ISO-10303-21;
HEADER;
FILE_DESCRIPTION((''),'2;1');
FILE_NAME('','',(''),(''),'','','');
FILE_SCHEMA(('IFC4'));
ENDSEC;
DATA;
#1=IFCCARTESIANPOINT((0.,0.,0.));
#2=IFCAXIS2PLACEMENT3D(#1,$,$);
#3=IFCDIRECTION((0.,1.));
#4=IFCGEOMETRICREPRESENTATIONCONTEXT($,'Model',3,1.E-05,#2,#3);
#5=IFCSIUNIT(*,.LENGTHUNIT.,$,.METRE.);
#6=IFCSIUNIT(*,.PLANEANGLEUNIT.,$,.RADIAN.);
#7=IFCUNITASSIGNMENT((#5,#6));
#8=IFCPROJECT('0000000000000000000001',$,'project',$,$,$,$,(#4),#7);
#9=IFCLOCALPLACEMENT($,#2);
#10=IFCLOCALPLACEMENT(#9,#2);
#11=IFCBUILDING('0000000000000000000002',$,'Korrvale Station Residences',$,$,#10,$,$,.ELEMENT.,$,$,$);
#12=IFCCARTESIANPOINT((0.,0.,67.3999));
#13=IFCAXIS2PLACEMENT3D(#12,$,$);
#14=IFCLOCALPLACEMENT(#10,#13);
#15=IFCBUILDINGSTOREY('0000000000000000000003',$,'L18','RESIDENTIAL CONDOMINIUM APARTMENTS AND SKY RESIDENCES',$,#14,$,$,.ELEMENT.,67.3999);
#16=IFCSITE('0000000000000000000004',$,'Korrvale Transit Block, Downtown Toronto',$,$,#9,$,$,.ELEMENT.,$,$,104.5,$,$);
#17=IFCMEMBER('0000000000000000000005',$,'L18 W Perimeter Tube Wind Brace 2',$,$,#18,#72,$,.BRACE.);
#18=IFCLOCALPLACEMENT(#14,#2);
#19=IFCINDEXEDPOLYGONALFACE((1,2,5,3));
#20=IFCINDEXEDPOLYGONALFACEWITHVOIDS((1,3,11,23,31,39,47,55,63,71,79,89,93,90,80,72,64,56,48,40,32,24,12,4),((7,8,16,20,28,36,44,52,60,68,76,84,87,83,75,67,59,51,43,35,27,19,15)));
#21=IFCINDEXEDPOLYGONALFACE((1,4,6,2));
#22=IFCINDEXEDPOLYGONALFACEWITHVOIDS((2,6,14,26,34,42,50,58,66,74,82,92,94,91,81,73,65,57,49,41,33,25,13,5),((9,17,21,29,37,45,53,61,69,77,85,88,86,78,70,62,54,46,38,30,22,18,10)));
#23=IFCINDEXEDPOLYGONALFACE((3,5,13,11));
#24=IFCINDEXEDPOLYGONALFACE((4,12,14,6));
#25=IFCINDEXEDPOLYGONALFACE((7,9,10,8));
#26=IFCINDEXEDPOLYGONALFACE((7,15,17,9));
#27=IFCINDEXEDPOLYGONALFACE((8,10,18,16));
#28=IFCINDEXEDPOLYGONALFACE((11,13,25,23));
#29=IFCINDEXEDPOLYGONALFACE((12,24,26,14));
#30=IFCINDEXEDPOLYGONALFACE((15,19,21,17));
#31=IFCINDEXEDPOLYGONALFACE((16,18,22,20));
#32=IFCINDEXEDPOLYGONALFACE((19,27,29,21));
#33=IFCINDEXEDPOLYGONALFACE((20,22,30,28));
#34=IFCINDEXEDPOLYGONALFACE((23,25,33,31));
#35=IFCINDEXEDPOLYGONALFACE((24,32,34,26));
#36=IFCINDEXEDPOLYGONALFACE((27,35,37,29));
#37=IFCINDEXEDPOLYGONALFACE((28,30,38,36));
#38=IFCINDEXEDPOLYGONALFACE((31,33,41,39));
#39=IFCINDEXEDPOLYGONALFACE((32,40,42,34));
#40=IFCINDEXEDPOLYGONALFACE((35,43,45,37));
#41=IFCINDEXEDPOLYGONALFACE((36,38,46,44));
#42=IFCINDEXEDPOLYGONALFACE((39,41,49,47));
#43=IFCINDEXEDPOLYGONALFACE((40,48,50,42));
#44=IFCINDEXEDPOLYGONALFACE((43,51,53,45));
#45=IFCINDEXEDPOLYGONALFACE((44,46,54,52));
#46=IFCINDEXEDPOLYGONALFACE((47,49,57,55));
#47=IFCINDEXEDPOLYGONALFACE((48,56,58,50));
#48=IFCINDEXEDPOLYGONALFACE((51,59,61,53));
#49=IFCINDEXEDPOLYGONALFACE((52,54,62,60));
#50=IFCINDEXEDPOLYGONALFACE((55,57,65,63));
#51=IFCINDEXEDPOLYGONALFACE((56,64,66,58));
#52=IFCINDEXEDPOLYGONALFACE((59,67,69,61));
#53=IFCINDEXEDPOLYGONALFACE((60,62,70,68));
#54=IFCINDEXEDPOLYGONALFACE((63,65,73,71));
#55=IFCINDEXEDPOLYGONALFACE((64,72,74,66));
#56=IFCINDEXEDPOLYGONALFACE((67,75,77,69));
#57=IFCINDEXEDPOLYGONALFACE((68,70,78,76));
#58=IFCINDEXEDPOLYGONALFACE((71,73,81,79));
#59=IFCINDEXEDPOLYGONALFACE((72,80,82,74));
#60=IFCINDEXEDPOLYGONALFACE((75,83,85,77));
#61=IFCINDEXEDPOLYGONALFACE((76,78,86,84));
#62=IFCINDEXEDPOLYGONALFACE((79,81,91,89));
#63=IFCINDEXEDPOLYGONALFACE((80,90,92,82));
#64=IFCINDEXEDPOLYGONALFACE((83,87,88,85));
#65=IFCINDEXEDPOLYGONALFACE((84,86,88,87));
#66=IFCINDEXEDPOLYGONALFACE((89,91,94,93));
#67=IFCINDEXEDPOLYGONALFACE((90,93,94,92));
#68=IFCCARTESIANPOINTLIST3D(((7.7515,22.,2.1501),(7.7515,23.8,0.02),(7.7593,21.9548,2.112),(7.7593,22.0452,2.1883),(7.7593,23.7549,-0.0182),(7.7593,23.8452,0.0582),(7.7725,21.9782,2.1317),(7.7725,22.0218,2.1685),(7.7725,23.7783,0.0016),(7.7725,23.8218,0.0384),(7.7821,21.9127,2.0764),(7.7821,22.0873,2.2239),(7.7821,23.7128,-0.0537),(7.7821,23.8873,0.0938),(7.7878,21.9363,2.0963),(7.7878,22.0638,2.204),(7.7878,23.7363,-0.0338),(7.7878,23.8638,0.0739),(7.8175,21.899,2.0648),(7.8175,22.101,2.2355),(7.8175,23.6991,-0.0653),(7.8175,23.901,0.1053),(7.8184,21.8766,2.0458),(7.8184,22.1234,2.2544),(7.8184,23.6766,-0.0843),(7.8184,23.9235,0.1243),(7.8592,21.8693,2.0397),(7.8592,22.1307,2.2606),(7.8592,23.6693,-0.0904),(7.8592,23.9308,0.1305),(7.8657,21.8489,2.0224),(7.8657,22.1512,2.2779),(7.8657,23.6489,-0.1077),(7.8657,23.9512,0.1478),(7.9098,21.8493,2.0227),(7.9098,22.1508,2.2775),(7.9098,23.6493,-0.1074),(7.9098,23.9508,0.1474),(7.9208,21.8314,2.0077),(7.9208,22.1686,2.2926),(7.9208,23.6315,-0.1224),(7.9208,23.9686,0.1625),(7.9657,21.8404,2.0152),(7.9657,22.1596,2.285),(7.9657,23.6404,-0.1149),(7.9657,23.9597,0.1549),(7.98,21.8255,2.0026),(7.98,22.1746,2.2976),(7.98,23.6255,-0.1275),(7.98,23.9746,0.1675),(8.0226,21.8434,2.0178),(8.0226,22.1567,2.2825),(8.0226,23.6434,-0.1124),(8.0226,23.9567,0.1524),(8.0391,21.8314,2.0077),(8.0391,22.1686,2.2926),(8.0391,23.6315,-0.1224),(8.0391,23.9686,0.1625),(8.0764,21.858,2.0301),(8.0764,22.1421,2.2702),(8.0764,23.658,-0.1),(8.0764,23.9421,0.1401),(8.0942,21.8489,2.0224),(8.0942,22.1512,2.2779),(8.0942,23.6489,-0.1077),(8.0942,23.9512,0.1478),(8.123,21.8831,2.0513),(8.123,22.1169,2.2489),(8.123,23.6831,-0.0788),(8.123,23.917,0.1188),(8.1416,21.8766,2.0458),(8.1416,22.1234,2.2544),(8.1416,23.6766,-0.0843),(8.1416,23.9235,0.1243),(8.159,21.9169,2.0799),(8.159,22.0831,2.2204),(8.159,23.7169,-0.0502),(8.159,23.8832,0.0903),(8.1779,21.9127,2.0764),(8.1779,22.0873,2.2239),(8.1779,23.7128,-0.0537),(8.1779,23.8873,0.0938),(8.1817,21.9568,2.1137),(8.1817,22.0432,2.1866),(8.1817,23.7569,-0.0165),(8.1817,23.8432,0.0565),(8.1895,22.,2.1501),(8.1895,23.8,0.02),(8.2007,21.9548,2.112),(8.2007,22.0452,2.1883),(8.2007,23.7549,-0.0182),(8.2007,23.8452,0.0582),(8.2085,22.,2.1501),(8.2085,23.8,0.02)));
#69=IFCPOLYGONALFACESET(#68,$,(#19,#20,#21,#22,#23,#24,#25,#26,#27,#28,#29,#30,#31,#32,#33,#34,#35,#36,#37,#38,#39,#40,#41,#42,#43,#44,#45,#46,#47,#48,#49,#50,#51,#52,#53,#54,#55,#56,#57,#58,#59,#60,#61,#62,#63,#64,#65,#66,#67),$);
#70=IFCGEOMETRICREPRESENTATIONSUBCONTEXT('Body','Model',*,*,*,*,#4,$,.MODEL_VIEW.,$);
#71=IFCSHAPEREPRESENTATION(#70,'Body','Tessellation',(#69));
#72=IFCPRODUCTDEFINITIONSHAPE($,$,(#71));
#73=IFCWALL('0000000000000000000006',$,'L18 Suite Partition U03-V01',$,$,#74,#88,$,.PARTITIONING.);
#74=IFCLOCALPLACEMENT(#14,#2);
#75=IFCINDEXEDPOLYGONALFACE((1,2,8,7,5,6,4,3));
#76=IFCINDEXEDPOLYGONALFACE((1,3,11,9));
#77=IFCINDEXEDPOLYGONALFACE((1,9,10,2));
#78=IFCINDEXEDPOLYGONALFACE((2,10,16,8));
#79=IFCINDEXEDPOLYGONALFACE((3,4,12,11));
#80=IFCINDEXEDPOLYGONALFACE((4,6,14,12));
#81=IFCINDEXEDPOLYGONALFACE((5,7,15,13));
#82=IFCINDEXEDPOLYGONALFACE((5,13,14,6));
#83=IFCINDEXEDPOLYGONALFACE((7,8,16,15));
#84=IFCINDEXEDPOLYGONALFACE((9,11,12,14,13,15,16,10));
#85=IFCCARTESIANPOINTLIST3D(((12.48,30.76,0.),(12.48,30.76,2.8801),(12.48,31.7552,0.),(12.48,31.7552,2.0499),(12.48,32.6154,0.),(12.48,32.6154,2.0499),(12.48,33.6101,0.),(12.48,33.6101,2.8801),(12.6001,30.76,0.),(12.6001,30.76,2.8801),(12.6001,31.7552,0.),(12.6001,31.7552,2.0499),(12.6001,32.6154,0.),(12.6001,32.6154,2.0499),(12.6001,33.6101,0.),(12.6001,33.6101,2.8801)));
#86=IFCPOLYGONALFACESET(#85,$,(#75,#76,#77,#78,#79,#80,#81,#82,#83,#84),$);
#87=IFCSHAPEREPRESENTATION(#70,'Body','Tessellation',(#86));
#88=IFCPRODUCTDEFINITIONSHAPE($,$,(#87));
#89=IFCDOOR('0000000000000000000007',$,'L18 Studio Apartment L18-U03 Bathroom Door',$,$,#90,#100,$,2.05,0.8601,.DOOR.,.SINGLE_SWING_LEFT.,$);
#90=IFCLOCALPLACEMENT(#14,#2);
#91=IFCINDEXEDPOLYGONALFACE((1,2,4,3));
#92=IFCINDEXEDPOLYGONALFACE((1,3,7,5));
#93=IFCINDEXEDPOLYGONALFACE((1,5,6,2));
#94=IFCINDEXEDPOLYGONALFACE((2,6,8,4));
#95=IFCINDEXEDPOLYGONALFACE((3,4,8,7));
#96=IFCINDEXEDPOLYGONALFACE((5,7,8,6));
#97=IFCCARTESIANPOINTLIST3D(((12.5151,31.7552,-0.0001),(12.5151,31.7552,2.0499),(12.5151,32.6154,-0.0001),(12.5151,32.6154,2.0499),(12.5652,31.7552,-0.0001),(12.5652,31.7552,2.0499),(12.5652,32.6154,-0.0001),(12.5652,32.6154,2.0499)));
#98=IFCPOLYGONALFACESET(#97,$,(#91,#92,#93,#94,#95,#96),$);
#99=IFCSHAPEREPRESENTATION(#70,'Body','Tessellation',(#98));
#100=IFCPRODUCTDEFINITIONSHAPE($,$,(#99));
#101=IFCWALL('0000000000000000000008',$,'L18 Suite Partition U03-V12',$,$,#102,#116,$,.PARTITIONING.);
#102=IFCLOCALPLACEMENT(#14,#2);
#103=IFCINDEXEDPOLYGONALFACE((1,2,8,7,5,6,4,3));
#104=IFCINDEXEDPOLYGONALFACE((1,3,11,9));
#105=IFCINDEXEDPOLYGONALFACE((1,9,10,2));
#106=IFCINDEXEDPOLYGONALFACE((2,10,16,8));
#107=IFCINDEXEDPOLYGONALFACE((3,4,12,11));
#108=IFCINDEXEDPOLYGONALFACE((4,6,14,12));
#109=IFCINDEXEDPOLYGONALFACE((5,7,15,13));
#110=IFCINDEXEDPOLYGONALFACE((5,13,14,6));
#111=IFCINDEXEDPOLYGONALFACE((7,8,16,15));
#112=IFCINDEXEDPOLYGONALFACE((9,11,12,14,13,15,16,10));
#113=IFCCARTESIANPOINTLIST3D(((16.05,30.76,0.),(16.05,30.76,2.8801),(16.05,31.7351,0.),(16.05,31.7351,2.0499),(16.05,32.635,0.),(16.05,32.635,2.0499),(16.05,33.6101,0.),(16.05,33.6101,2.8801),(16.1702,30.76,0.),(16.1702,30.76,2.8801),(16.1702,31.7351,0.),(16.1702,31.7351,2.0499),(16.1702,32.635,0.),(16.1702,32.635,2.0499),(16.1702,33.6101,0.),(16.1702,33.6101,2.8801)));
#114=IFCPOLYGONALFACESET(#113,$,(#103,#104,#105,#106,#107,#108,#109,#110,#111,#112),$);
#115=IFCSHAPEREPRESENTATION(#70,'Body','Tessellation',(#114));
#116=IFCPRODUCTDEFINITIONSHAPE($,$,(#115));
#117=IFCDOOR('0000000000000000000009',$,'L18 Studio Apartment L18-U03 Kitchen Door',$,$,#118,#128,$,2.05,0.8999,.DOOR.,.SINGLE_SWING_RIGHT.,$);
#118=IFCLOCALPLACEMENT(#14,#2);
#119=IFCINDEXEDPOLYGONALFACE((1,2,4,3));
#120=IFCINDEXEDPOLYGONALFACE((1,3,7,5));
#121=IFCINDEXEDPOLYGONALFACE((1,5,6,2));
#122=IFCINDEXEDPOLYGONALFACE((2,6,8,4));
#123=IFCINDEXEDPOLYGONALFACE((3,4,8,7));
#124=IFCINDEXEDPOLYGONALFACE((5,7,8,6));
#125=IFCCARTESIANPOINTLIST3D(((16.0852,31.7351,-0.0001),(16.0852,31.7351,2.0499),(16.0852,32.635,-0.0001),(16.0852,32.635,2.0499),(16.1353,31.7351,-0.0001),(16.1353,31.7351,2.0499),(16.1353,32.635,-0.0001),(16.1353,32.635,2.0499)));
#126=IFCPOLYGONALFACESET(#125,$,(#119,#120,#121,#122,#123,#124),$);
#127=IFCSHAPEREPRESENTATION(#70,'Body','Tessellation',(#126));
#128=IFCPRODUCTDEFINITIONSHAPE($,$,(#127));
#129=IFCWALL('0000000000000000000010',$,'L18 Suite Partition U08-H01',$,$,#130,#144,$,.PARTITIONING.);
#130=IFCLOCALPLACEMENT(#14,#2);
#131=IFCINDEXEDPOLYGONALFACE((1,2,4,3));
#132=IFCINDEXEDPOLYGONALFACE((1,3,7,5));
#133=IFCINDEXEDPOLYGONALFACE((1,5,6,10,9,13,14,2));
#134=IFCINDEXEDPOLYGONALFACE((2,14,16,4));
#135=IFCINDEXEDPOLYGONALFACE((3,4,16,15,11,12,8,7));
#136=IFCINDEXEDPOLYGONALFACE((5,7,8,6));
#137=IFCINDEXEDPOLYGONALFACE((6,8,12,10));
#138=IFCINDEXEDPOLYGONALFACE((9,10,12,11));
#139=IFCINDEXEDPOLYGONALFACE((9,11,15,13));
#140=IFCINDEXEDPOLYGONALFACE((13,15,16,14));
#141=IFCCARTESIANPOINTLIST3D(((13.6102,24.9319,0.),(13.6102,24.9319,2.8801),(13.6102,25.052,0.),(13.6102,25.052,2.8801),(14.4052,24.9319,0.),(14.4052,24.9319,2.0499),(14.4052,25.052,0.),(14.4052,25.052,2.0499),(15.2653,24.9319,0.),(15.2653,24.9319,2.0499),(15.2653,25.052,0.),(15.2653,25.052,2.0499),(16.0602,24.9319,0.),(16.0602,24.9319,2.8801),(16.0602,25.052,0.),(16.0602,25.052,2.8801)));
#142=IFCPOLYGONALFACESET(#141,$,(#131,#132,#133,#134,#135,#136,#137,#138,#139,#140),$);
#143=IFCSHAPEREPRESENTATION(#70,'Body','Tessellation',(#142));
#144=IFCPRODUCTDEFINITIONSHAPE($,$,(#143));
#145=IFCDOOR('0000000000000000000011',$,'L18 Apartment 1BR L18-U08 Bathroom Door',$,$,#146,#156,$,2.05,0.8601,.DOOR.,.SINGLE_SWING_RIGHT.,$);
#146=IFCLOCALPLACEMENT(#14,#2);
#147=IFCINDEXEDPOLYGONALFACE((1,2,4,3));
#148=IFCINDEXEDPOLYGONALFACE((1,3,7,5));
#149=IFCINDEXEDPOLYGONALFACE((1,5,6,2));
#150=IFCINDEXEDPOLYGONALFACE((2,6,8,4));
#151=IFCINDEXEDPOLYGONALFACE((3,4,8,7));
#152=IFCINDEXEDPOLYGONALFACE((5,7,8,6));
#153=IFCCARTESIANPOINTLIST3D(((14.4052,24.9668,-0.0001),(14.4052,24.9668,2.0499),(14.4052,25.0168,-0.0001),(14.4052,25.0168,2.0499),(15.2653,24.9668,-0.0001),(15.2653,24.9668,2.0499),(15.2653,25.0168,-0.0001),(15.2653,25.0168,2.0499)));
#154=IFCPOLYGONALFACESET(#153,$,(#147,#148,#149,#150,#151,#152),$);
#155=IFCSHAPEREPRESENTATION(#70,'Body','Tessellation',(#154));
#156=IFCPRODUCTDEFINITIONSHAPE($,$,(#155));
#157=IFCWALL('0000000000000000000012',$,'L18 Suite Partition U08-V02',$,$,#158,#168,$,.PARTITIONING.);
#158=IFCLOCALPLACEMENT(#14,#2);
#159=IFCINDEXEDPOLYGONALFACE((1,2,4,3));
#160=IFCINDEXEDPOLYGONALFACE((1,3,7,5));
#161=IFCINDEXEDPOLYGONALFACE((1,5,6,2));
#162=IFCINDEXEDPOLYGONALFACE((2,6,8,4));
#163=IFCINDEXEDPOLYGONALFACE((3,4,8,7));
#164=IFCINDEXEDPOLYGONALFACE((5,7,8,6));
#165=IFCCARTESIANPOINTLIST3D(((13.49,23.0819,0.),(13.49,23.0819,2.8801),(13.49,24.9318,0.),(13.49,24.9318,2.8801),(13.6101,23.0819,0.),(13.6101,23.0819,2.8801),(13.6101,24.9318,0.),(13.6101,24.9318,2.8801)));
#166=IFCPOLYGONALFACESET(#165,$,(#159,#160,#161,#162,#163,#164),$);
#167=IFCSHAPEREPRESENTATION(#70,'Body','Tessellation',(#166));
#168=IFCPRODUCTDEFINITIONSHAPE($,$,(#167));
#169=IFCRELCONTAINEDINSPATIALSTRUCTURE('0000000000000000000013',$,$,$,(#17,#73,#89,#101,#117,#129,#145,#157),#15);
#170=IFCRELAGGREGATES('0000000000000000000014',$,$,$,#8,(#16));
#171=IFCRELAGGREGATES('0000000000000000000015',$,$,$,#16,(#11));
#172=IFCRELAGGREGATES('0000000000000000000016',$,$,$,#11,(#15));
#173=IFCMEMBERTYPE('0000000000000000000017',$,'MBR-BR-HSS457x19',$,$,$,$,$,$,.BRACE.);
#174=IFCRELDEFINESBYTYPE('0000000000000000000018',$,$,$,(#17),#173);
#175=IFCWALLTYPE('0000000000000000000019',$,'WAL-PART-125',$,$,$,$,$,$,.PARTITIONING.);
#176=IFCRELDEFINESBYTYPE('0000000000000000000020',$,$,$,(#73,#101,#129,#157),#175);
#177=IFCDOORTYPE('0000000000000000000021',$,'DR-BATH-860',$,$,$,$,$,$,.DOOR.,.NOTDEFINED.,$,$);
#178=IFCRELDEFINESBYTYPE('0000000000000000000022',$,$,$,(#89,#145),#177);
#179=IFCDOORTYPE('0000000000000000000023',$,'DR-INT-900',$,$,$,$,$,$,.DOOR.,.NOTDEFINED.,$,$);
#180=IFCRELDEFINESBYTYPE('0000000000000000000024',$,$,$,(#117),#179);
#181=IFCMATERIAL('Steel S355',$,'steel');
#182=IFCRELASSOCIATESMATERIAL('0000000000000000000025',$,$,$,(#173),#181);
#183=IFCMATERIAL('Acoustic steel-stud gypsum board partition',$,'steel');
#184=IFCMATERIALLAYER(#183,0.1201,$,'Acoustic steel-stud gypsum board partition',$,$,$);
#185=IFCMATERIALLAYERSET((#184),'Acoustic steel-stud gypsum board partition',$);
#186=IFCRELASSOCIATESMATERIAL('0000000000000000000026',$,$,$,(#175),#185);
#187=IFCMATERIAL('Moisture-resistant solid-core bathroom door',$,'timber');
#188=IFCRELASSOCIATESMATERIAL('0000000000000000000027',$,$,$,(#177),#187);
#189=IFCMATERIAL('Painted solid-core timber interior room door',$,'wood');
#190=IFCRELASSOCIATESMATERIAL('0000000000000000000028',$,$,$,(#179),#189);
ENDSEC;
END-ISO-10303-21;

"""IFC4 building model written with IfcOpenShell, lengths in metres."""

from ifc_helpers import new_model, si_unit, direction, frame, frame_2d, origin, origin_2d, place, context, subcontext, project, spatial, rectangle, hollow_circle, extrude, material, layer, layer_set, material_profile, profile_set, type_object, element, fill, save


model = new_model("IFC4")

# Units and contexts
model_context = context("Model", 3, precision=1e-05, world=origin(), true_north=direction((0.0, 1.0)))
body_context = subcontext(model_context, "Body", "Model", "MODEL_VIEW")
ifc_project = project(units=[si_unit("LENGTHUNIT", "METRE"), si_unit("PLANEANGLEUNIT", "RADIAN")], contexts=[model_context])

# Site, building, storey
site_placement = place(None, origin())
site = spatial("IfcSite", under=ifc_project, at=site_placement, Name="Korrvale Transit Block, Downtown Toronto", CompositionType="ELEMENT", RefElevation=104.5)
building_placement = place(site_placement, origin())
building = spatial("IfcBuilding", under=site, at=building_placement, Name="Korrvale Station Residences", CompositionType="ELEMENT")
storey_placement = place(building_placement, frame((0.0, 0.0, 67.3999)))
storey = spatial("IfcBuildingStorey", under=building, at=storey_placement, Name="L18", Description="RESIDENTIAL CONDOMINIUM APARTMENTS AND SKY RESIDENCES", CompositionType="ELEMENT", Elevation=67.3999)

# Shared definitions
ifc_material_1 = material(Name="Steel S355", Category="steel")

# Member
ifc_material_profile_1 = material_profile(ifc_material_1, hollow_circle(Radius=0.2285, WallThickness=0.019, at=origin_2d()), Name="HSS457x19")
ifc_profile_set_1 = profile_set([ifc_material_profile_1], Name="Steel S355")
member_type = type_object("IfcMemberType", Name="MBR-BR-HSS457x19", PredefinedType="BRACE", material=ifc_profile_set_1)
member_placement = place(storey_placement, frame((7.98, 23.8, 0.02), z_axis=(0.0, -0.645448, 0.763805), x_axis=(1.0, 0.0, 0.0)))
element("IfcMember", 1, at=member_placement, inside=storey, type_object=member_type, Name="L18 W Perimeter Tube Wind Brace 2", PredefinedType="BRACE", context=body_context, shape_type="SweptSolid", body=[
    extrude(hollow_circle(Radius=0.2285, WallThickness=0.019, at=origin_2d()), origin(), (0.0, 0.0, 1.0), 2.7888),
])

# Walls, openings, doors
ifc_material_2 = material(Name="Acoustic steel-stud gypsum board partition", Category="steel")
ifc_layer_1 = layer(ifc_material_2, 0.1201, Name="Acoustic steel-stud gypsum board partition")
ifc_layer_set_1 = layer_set([ifc_layer_1], Name="Acoustic steel-stud gypsum board partition")
wall_type_1 = type_object("IfcWallType", Name="WAL-PART-125", PredefinedType="PARTITIONING", material=ifc_layer_set_1)
wall_1_placement = place(storey_placement, frame((12.54, 30.76, 0.0), z_axis=(0.0, 0.0, 1.0), x_axis=(0.0, 1.0, 0.0)))
wall_1 = element("IfcWall", 2, at=wall_1_placement, inside=storey, type_object=wall_type_1, Name="L18 Suite Partition U03-V01", PredefinedType="PARTITIONING", context=body_context, shape_type="SweptSolid", body=[
    extrude(rectangle(XDim=2.8501, YDim=0.1201, at=frame_2d((1.425, 0.0))), origin(), (0.0, 0.0, 1.0), 2.8801),
])
opening_1_placement = place(wall_1_placement, frame((0.9951, 0.0, 0.0)))
opening_1 = element("IfcOpeningElement", 3, at=opening_1_placement, cuts=wall_1, PredefinedType="OPENING", context=body_context, shape_type="SweptSolid", body=[
    extrude(rectangle(XDim=0.8601, YDim=2.05, at=frame_2d((0.4302, 1.0249))), frame((0.0, 0.0701, 0.0), z_axis=(0.0, -1.0, 0.0), x_axis=(1.0, 0.0, 0.0)), (0.0, 0.0, 1.0), 0.1401),
])
ifc_material_3 = material(Name="Moisture-resistant solid-core bathroom door", Category="timber")
door_type_1 = type_object("IfcDoorType", Name="DR-BATH-860", OperationType="NOTDEFINED", PredefinedType="DOOR", material=ifc_material_3)
door_1_placement = place(opening_1_placement, origin())
door_1 = element("IfcDoor", 4, at=door_1_placement, inside=storey, type_object=door_type_1, Name="L18 Studio Apartment L18-U03 Bathroom Door", OperationType="SINGLE_SWING_LEFT", OverallHeight=2.05, OverallWidth=0.8601, PredefinedType="DOOR", context=body_context, shape_type="SweptSolid", body=[
    extrude(rectangle(XDim=0.8601, YDim=2.05, at=frame_2d((0.4302, 1.0249))), frame((0.0, 0.0249, 0.0), z_axis=(0.0, -1.0, 0.0), x_axis=(1.0, 0.0, 0.0)), (0.0, 0.0, 1.0), 0.05),
])
fill(opening_1, door_1)
wall_2_placement = place(storey_placement, frame((16.1101, 30.76, 0.0), z_axis=(0.0, 0.0, 1.0), x_axis=(0.0, 1.0, 0.0)))
wall_2 = element("IfcWall", 5, at=wall_2_placement, inside=storey, type_object=wall_type_1, Name="L18 Suite Partition U03-V12", PredefinedType="PARTITIONING", context=body_context, shape_type="SweptSolid", body=[
    extrude(rectangle(XDim=2.8501, YDim=0.1201, at=frame_2d((1.425, 0.0))), origin(), (0.0, 0.0, 1.0), 2.8801),
])
opening_2_placement = place(wall_2_placement, frame((0.9751, 0.0, 0.0)))
opening_2 = element("IfcOpeningElement", 6, at=opening_2_placement, cuts=wall_2, PredefinedType="OPENING", context=body_context, shape_type="SweptSolid", body=[
    extrude(rectangle(XDim=0.8999, YDim=2.05, at=frame_2d((0.45, 1.0249))), frame((0.0, 0.0701, 0.0), z_axis=(0.0, -1.0, 0.0), x_axis=(1.0, 0.0, 0.0)), (0.0, 0.0, 1.0), 0.1401),
])
ifc_material_4 = material(Name="Painted solid-core timber interior room door", Category="wood")
door_type_2 = type_object("IfcDoorType", Name="DR-INT-900", OperationType="NOTDEFINED", PredefinedType="DOOR", material=ifc_material_4)
door_2_placement = place(opening_2_placement, origin())
door_2 = element("IfcDoor", 7, at=door_2_placement, inside=storey, type_object=door_type_2, Name="L18 Studio Apartment L18-U03 Kitchen Door", OperationType="SINGLE_SWING_RIGHT", OverallHeight=2.05, OverallWidth=0.8999, PredefinedType="DOOR", context=body_context, shape_type="SweptSolid", body=[
    extrude(rectangle(XDim=0.8999, YDim=2.05, at=frame_2d((0.45, 1.0249))), frame((0.0, 0.0249, 0.0), z_axis=(0.0, -1.0, 0.0), x_axis=(1.0, 0.0, 0.0)), (0.0, 0.0, 1.0), 0.05),
])
fill(opening_2, door_2)
wall_3_placement = place(storey_placement, frame((13.6101, 24.9919, 0.0), z_axis=(0.0, 0.0, 1.0), x_axis=(1.0, 0.0, 0.0)))
wall_3 = element("IfcWall", 8, at=wall_3_placement, inside=storey, type_object=wall_type_1, Name="L18 Suite Partition U08-H01", PredefinedType="PARTITIONING", context=body_context, shape_type="SweptSolid", body=[
    extrude(rectangle(XDim=2.45, YDim=0.1201, at=frame_2d((1.2251, 0.0))), origin(), (0.0, 0.0, 1.0), 2.8801),
])
opening_3_placement = place(wall_3_placement, frame((0.7949, 0.0, 0.0)))
opening_3 = element("IfcOpeningElement", 9, at=opening_3_placement, cuts=wall_3, PredefinedType="OPENING", context=body_context, shape_type="SweptSolid", body=[
    extrude(rectangle(XDim=0.8601, YDim=2.05, at=frame_2d((0.4302, 1.0249))), frame((0.0, 0.0701, 0.0), z_axis=(0.0, -1.0, 0.0), x_axis=(1.0, 0.0, 0.0)), (0.0, 0.0, 1.0), 0.1401),
])
door_3_placement = place(opening_3_placement, origin())
door_3 = element("IfcDoor", 10, at=door_3_placement, inside=storey, type_object=door_type_1, Name="L18 Apartment 1BR L18-U08 Bathroom Door", OperationType="SINGLE_SWING_RIGHT", OverallHeight=2.05, OverallWidth=0.8601, PredefinedType="DOOR", context=body_context, shape_type="SweptSolid", body=[
    extrude(rectangle(XDim=0.8601, YDim=2.05, at=frame_2d((0.4302, 1.0249))), frame((0.0, 0.0249, 0.0), z_axis=(0.0, -1.0, 0.0), x_axis=(1.0, 0.0, 0.0)), (0.0, 0.0, 1.0), 0.05),
])
fill(opening_3, door_3)

# Wall
wall_4_placement = place(storey_placement, frame((13.55, 23.082, 0.0), z_axis=(0.0, 0.0, 1.0), x_axis=(0.0, 1.0, 0.0)))
element("IfcWall", 11, at=wall_4_placement, inside=storey, type_object=wall_type_1, Name="L18 Suite Partition U08-V02", PredefinedType="PARTITIONING", context=body_context, shape_type="SweptSolid", body=[
    extrude(rectangle(XDim=1.8499, YDim=0.1201, at=frame_2d((0.9248, 0.0))), origin(), (0.0, 0.0, 1.0), 2.8801),
])

save(model, "model.ifc")
